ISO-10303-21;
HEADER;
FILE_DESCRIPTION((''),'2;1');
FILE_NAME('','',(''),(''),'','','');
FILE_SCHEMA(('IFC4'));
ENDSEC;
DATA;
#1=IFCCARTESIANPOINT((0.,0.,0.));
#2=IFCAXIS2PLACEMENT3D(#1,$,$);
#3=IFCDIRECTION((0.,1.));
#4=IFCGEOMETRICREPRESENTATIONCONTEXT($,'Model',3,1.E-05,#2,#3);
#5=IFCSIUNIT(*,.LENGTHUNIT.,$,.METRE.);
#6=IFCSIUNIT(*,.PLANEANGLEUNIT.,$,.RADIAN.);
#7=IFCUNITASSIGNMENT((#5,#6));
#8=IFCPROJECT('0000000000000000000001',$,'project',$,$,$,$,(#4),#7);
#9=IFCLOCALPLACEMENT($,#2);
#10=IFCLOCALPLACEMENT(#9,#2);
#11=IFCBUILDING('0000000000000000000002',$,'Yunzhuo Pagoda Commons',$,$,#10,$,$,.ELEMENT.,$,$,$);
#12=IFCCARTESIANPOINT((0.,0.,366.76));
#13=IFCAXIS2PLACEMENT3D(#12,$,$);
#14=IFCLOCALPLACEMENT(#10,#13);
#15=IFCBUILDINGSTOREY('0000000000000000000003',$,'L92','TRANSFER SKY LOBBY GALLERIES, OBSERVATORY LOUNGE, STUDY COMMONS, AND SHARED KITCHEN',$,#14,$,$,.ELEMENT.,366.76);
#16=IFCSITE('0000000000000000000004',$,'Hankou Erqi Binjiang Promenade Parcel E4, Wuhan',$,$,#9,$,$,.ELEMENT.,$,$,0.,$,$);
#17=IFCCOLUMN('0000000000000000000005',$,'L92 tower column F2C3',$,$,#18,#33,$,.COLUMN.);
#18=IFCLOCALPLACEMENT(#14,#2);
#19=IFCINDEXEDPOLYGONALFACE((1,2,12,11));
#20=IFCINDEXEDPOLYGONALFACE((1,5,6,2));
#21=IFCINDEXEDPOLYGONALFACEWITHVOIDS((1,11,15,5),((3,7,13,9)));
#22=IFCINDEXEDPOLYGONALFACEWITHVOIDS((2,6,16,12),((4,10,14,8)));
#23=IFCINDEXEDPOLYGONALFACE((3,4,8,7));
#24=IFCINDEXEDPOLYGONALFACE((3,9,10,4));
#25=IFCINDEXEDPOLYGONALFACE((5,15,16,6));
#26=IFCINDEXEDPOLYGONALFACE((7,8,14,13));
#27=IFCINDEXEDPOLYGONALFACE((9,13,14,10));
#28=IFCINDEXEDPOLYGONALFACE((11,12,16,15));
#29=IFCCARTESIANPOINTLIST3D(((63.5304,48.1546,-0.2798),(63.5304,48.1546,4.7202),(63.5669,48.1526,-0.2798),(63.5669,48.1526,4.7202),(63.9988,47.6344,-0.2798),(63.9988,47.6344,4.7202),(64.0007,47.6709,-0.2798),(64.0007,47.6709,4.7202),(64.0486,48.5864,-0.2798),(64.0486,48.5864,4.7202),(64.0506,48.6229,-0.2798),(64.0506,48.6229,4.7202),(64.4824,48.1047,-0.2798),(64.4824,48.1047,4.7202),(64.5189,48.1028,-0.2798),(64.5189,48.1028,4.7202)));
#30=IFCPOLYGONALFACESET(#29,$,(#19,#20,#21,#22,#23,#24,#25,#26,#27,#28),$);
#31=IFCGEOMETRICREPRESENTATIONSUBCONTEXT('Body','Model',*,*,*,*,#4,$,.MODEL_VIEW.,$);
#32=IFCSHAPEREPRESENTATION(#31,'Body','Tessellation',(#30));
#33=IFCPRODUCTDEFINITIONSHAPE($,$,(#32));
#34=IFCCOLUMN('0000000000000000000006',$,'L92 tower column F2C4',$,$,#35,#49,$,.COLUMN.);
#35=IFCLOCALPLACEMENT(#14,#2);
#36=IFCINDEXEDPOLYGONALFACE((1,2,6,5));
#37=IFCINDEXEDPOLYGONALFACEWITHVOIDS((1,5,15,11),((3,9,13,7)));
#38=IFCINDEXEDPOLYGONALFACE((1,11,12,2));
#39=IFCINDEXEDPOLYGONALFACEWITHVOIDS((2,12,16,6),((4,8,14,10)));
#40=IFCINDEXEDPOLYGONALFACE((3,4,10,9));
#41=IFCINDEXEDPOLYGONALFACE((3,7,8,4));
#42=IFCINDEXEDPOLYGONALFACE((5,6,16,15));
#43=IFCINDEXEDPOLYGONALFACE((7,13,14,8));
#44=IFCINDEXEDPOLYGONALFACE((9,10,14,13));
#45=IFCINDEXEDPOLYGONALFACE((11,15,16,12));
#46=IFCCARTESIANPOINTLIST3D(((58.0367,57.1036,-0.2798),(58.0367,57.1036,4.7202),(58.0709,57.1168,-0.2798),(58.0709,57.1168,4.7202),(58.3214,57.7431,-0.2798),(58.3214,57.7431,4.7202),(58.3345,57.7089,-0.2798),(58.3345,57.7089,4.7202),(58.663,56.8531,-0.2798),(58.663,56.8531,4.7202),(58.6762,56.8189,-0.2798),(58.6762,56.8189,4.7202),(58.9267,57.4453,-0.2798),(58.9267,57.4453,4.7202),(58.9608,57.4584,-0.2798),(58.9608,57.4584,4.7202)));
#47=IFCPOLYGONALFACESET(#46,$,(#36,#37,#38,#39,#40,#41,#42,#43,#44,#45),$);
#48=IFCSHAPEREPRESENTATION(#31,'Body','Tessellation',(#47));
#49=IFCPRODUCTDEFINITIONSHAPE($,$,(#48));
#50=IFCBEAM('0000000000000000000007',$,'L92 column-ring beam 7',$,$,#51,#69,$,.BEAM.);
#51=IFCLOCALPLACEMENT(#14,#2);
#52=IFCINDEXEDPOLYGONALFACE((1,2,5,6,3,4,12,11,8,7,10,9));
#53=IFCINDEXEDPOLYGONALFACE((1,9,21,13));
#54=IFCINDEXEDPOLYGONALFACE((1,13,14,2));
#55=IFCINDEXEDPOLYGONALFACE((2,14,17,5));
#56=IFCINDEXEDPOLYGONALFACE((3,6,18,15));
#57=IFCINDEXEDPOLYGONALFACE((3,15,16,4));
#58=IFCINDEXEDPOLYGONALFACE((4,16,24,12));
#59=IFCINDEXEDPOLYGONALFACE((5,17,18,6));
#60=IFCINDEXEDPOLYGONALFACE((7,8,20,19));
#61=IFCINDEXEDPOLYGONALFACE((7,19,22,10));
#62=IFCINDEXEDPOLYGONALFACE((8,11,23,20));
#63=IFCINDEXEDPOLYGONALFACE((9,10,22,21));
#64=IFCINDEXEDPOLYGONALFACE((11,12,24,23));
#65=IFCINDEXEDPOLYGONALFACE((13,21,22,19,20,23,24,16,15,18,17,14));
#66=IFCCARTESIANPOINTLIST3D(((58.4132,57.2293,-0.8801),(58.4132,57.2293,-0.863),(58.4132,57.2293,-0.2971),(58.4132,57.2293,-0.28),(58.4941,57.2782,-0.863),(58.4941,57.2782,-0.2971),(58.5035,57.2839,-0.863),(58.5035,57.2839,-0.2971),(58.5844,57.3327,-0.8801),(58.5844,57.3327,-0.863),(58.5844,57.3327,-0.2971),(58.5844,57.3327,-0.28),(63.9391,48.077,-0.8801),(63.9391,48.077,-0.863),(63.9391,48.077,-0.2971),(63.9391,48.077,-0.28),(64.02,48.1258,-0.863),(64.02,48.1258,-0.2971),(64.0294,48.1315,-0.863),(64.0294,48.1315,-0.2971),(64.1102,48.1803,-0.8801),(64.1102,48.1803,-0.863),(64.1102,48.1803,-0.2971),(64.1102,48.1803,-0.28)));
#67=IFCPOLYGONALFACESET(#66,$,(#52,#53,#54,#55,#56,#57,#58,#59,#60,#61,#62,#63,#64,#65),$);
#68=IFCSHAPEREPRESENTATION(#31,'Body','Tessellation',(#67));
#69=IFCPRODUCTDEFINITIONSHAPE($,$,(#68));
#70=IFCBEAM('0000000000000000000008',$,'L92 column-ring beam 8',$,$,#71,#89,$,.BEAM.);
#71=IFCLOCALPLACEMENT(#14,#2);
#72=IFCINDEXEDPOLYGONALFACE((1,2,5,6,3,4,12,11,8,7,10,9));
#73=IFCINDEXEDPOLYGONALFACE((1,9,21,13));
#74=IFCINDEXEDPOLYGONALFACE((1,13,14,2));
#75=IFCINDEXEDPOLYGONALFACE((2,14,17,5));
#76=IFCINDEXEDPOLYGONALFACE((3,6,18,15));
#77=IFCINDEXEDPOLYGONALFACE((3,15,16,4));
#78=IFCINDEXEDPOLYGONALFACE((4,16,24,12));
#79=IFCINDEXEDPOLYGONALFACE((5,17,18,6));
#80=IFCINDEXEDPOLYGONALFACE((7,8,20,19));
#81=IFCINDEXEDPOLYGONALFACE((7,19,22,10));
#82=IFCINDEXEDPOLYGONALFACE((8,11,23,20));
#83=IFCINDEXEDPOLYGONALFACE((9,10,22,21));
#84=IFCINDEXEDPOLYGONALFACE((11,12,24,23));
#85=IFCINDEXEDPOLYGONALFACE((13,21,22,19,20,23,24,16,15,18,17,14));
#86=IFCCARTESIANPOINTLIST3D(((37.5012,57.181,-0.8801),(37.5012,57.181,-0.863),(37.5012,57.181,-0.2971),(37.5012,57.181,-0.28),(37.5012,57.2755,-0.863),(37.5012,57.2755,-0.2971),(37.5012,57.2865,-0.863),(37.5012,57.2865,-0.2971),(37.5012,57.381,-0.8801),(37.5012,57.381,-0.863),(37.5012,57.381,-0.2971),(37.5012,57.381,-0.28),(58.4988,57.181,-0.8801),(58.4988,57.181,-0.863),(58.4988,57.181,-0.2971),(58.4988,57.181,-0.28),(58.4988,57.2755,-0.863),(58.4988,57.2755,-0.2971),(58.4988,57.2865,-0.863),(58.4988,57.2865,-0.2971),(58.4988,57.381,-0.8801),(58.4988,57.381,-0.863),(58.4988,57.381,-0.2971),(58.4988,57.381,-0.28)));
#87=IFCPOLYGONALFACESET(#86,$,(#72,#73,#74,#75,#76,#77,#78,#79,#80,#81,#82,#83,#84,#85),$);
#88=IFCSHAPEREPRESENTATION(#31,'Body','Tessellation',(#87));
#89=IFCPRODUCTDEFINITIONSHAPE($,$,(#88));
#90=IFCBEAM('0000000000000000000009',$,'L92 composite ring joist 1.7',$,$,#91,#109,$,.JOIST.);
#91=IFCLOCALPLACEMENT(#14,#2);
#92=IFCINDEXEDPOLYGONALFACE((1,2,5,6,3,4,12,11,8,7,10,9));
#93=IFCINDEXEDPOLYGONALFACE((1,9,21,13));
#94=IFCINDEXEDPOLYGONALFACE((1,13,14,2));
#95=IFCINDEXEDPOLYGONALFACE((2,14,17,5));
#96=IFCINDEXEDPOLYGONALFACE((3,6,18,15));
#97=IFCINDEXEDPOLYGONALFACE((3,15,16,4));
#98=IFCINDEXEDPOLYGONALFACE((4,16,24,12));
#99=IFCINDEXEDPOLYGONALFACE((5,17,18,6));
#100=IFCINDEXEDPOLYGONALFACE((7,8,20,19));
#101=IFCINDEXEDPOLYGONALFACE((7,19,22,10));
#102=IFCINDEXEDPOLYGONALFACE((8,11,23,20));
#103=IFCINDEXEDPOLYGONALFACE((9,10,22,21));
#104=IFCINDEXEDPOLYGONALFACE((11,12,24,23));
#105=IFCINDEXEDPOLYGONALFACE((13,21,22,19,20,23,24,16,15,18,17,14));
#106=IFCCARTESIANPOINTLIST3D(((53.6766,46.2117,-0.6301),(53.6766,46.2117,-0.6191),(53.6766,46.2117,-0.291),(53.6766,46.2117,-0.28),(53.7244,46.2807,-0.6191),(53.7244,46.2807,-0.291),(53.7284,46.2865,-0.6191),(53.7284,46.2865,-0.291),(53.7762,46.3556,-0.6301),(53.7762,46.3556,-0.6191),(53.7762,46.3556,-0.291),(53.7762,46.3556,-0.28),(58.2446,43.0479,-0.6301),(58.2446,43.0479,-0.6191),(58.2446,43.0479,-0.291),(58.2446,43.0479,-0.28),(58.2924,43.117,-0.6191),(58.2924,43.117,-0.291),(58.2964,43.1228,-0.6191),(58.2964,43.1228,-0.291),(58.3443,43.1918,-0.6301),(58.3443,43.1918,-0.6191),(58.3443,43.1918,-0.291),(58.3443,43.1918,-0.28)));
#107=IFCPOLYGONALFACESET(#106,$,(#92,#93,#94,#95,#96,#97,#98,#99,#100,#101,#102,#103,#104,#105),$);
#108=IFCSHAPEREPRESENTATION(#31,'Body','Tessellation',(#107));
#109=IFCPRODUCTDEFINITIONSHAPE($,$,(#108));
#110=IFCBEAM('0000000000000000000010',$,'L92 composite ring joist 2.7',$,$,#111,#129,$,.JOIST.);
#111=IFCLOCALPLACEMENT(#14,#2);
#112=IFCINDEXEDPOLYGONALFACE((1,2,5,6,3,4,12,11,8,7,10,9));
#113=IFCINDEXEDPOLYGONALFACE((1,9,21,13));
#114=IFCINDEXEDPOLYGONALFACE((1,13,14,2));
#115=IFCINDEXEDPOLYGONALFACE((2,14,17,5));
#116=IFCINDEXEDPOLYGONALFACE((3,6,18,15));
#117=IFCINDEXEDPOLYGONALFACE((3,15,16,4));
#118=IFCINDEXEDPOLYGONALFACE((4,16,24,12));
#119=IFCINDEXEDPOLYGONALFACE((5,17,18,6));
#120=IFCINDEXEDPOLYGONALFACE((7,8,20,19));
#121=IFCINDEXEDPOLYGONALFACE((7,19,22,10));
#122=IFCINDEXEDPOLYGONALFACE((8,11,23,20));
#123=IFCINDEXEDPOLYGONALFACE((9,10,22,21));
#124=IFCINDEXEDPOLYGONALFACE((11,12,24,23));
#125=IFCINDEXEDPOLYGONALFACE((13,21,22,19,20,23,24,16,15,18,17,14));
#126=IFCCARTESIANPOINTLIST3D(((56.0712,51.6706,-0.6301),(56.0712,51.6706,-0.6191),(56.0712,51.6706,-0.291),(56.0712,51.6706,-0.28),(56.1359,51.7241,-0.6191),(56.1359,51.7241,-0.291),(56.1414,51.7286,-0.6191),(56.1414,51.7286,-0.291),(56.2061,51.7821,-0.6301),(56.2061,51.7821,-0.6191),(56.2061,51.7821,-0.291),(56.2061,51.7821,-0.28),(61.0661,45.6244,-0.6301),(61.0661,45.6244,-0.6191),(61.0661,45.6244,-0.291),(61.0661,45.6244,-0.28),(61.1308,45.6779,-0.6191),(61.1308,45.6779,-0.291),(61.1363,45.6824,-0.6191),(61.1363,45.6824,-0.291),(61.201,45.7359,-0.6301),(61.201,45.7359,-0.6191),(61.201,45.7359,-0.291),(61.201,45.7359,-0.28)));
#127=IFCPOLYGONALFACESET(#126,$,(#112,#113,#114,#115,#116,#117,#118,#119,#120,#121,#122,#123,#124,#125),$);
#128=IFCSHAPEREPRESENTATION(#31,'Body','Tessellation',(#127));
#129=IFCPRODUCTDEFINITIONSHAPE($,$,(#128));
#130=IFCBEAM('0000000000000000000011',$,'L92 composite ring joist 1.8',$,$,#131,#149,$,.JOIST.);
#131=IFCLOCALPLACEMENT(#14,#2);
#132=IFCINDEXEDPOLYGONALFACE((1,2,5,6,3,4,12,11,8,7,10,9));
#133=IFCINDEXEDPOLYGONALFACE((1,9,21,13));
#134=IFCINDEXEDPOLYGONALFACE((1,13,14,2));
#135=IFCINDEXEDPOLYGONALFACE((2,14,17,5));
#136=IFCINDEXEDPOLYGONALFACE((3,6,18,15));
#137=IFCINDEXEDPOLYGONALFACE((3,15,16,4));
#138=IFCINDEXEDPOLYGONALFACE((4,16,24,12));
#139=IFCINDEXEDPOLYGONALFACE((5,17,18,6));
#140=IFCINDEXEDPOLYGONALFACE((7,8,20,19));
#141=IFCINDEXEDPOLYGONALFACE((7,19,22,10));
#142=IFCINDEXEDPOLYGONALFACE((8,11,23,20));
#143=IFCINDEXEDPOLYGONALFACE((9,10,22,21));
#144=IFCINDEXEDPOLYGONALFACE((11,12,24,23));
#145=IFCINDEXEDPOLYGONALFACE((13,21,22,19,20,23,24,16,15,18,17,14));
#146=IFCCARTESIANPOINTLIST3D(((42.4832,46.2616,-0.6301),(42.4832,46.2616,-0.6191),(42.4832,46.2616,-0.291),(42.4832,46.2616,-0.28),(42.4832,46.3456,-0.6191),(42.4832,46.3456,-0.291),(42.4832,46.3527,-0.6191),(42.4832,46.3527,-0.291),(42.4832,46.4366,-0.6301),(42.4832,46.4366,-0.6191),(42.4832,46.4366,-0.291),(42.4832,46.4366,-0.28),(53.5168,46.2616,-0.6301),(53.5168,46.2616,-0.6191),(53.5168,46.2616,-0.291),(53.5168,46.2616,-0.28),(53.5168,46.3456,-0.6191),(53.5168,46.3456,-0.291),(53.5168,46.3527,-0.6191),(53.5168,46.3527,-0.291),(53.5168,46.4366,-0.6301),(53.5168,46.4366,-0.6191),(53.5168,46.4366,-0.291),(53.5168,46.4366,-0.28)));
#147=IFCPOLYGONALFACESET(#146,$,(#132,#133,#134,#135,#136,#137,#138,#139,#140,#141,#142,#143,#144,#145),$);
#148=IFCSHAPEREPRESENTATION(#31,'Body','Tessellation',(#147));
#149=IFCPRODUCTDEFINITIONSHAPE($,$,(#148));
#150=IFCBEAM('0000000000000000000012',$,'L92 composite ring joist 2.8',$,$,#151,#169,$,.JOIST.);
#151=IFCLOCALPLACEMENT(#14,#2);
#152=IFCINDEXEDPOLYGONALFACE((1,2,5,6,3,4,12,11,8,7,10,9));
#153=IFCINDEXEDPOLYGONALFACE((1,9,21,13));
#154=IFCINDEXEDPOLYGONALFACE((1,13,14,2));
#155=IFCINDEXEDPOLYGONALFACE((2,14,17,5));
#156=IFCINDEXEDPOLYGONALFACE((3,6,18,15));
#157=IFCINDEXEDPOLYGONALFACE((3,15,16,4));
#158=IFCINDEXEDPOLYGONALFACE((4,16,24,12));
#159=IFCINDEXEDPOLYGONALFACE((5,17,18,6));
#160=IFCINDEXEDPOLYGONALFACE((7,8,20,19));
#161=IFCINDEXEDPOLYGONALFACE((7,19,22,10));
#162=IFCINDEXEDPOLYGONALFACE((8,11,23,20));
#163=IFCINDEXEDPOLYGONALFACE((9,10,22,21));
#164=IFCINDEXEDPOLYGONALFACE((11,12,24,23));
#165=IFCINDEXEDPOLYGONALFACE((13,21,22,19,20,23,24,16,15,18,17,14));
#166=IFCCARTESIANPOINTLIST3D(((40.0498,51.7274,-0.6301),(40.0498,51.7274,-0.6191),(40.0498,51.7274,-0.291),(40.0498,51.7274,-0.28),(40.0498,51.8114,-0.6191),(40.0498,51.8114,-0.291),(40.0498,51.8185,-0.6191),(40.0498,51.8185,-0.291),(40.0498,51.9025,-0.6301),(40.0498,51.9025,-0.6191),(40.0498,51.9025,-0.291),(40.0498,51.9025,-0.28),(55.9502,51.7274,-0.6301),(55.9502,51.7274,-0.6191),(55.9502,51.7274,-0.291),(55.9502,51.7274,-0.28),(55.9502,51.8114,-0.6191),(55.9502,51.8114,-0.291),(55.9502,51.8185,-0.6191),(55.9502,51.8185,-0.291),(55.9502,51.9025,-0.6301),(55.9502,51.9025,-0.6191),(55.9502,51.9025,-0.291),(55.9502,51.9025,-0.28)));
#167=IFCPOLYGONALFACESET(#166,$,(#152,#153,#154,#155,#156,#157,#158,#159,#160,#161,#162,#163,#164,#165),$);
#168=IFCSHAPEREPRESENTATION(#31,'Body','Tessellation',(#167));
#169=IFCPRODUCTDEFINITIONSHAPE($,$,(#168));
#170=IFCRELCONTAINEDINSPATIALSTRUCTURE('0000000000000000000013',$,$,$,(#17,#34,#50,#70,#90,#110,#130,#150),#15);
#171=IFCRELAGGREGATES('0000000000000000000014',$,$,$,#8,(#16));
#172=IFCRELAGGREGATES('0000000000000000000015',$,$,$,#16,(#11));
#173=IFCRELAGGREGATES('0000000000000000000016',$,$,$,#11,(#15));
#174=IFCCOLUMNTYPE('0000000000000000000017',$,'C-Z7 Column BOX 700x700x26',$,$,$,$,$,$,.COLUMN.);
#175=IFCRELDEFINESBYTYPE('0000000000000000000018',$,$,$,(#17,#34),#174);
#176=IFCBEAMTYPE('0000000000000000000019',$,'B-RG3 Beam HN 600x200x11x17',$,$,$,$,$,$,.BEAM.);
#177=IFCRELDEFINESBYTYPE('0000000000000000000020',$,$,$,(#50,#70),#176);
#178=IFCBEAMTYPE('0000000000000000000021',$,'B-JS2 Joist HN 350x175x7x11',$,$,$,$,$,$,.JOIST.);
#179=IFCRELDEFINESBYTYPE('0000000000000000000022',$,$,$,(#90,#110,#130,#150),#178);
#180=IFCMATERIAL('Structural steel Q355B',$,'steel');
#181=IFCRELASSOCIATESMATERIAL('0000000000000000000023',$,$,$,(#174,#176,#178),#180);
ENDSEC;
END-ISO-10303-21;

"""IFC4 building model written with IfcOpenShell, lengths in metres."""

from ifc_helpers import new_model, si_unit, direction, frame, origin, origin_2d, place, context, subcontext, project, spatial, hollow_rectangle, i_section, extrude, source, transform, mapped, material, material_profile, profile_set, type_object, element, save


model = new_model("IFC4")

# Units and contexts
model_context = context("Model", 3, precision=1e-05, world=origin(), true_north=direction((0.0, 1.0)))
body_context = subcontext(model_context, "Body", "Model", "MODEL_VIEW")
ifc_project = project(units=[si_unit("LENGTHUNIT", "METRE"), si_unit("PLANEANGLEUNIT", "RADIAN")], contexts=[model_context])

# Site, building, storey
site_placement = place(None, origin())
site = spatial("IfcSite", under=ifc_project, at=site_placement, Name="Hankou Erqi Binjiang Promenade Parcel E4, Wuhan", CompositionType="ELEMENT", RefElevation=0.0)
building_placement = place(site_placement, origin())
building = spatial("IfcBuilding", under=site, at=building_placement, Name="Yunzhuo Pagoda Commons", CompositionType="ELEMENT")
storey_placement = place(building_placement, frame((0.0, 0.0, 366.76)))
storey = spatial("IfcBuildingStorey", under=building, at=storey_placement, Name="L92", Description="TRANSFER SKY LOBBY GALLERIES, OBSERVATORY LOUNGE, STUDY COMMONS, AND SHARED KITCHEN", CompositionType="ELEMENT", Elevation=366.76)

# Columns
ifc_material_1 = material(Name="Structural steel Q355B", Category="steel")
ifc_material_profile_1 = material_profile(ifc_material_1, hollow_rectangle(XDim=0.7, YDim=0.7, WallThickness=0.0259, at=origin_2d()), Name="Structural steel Q355B")
ifc_profile_set_1 = profile_set([ifc_material_profile_1], Name="Structural steel Q355B")
column_type = type_object("IfcColumnType", Name="C-Z7 Column BOX 700x700x26", PredefinedType="COLUMN", material=ifc_profile_set_1)
shared_shape_1 = source(origin(), body_context, "Body", "SweptSolid", [
    extrude(hollow_rectangle(XDim=0.7, YDim=0.7, WallThickness=0.0259, at=origin_2d()), origin(), (0.0, 0.0, 1.0), 5.0),
])
for number, where, z_axis, x_axis, name in (
    (1, (64.0247, 48.1287, -0.2798), (0.0, 0.0, 1.0), (-0.669131, 0.743145, 0.0), "L92 tower column F2C3"),
    (2, (58.4988, 57.281, -0.2798), (0.0, 0.0, 1.0), (-0.913545, 0.406737, 0.0), "L92 tower column F2C4"),
):
    element("IfcColumn", number, at=place(storey_placement, frame(where, z_axis=z_axis, x_axis=x_axis)), inside=storey, type_object=column_type, Name=name, PredefinedType="COLUMN", context=body_context, shape_type="MappedRepresentation", body=[
        mapped(shared_shape_1, transform((0.0, 0.0, 0.0), scale=1.0)),
    ])

# Beams
ifc_material_profile_2 = material_profile(ifc_material_1, i_section(OverallWidth=0.2, OverallDepth=0.6001, WebThickness=0.011, FlangeThickness=0.0171, at=origin_2d()), Name="Structural steel Q355B")
ifc_profile_set_2 = profile_set([ifc_material_profile_2], Name="Structural steel Q355B")
beam_type_1 = type_object("IfcBeamType", Name="B-RG3 Beam HN 600x200x11x17", PredefinedType="BEAM", material=ifc_profile_set_2)
shared_shape_2 = source(origin(), body_context, "Body", "SweptSolid", [
    extrude(i_section(OverallWidth=0.2, OverallDepth=0.6001, WebThickness=0.011, FlangeThickness=0.0171, at=origin_2d()), origin(), (0.0, 0.0, 1.0), 10.6912),
])
beam_1_placement = place(storey_placement, frame((64.0247, 48.1287, -0.5801), z_axis=(-0.516865, 0.856067, 0.0), x_axis=(-0.856067, -0.516865, 0.0)))
element("IfcBeam", 3, at=beam_1_placement, inside=storey, type_object=beam_type_1, Name="L92 column-ring beam 7", PredefinedType="BEAM", context=body_context, shape_type="MappedRepresentation", body=[
    mapped(shared_shape_2, transform((0.0, 0.0, 0.0), scale=1.0)),
])
shared_shape_3 = source(origin(), body_context, "Body", "SweptSolid", [
    extrude(i_section(OverallWidth=0.2, OverallDepth=0.6001, WebThickness=0.011, FlangeThickness=0.0171, at=origin_2d()), origin(), (0.0, 0.0, 1.0), 20.9976),
])
beam_2_placement = place(storey_placement, frame((58.4988, 57.281, -0.5801), z_axis=(-1.0, 0.0, 0.0), x_axis=(0.0, -1.0, 0.0)))
element("IfcBeam", 4, at=beam_2_placement, inside=storey, type_object=beam_type_1, Name="L92 column-ring beam 8", PredefinedType="BEAM", context=body_context, shape_type="MappedRepresentation", body=[
    mapped(shared_shape_3, transform((0.0, 0.0, 0.0), scale=1.0)),
])
ifc_material_profile_3 = material_profile(ifc_material_1, i_section(OverallWidth=0.175, OverallDepth=0.3501, WebThickness=0.0071, FlangeThickness=0.011, at=origin_2d()), Name="Structural steel Q355B")
ifc_profile_set_3 = profile_set([ifc_material_profile_3], Name="Structural steel Q355B")
beam_type_2 = type_object("IfcBeamType", Name="B-JS2 Joist HN 350x175x7x11", PredefinedType="JOIST", material=ifc_profile_set_3)
shared_shape_4 = source(origin(), body_context, "Body", "SweptSolid", [
    extrude(i_section(OverallWidth=0.175, OverallDepth=0.3501, WebThickness=0.0071, FlangeThickness=0.011, at=origin_2d()), origin(), (0.0, 0.0, 1.0), 5.5566),
])
beam_3_placement = place(storey_placement, frame((58.2944, 43.1199, -0.4551), z_axis=(-0.822085, 0.569365, 0.0), x_axis=(-0.569365, -0.822085, 0.0)))
element("IfcBeam", 5, at=beam_3_placement, inside=storey, type_object=beam_type_2, Name="L92 composite ring joist 1.7", PredefinedType="JOIST", context=body_context, shape_type="MappedRepresentation", body=[
    mapped(shared_shape_4, transform((0.0, 0.0, 0.0), scale=1.0)),
])
shared_shape_5 = source(origin(), body_context, "Body", "SweptSolid", [
    extrude(i_section(OverallWidth=0.175, OverallDepth=0.3501, WebThickness=0.0071, FlangeThickness=0.011, at=origin_2d()), origin(), (0.0, 0.0, 1.0), 7.8425),
])
beam_4_placement = place(storey_placement, frame((61.1335, 45.6802, -0.4551), z_axis=(-0.636899, 0.770947, 0.0), x_axis=(-0.770947, -0.636899, 0.0)))
element("IfcBeam", 6, at=beam_4_placement, inside=storey, type_object=beam_type_2, Name="L92 composite ring joist 2.7", PredefinedType="JOIST", context=body_context, shape_type="MappedRepresentation", body=[
    mapped(shared_shape_5, transform((0.0, 0.0, 0.0), scale=1.0)),
])
shared_shape_6 = source(origin(), body_context, "Body", "SweptSolid", [
    extrude(i_section(OverallWidth=0.175, OverallDepth=0.3501, WebThickness=0.0071, FlangeThickness=0.011, at=origin_2d()), origin(), (0.0, 0.0, 1.0), 11.0337),
])
beam_5_placement = place(storey_placement, frame((53.5168, 46.3491, -0.4551), z_axis=(-1.0, 0.0, 0.0), x_axis=(0.0, -1.0, 0.0)))
element("IfcBeam", 7, at=beam_5_placement, inside=storey, type_object=beam_type_2, Name="L92 composite ring joist 1.8", PredefinedType="JOIST", context=body_context, shape_type="MappedRepresentation", body=[
    mapped(shared_shape_6, transform((0.0, 0.0, 0.0), scale=1.0)),
])
shared_shape_7 = source(origin(), body_context, "Body", "SweptSolid", [
    extrude(i_section(OverallWidth=0.175, OverallDepth=0.3501, WebThickness=0.0071, FlangeThickness=0.011, at=origin_2d()), origin(), (0.0, 0.0, 1.0), 15.9004),
])
beam_6_placement = place(storey_placement, frame((55.9502, 51.8149, -0.4551), z_axis=(-1.0, 0.0, 0.0), x_axis=(0.0, -1.0, 0.0)))
element("IfcBeam", 8, at=beam_6_placement, inside=storey, type_object=beam_type_2, Name="L92 composite ring joist 2.8", PredefinedType="JOIST", context=body_context, shape_type="MappedRepresentation", body=[
    mapped(shared_shape_7, transform((0.0, 0.0, 0.0), scale=1.0)),
])

save(model, "model.ifc")
